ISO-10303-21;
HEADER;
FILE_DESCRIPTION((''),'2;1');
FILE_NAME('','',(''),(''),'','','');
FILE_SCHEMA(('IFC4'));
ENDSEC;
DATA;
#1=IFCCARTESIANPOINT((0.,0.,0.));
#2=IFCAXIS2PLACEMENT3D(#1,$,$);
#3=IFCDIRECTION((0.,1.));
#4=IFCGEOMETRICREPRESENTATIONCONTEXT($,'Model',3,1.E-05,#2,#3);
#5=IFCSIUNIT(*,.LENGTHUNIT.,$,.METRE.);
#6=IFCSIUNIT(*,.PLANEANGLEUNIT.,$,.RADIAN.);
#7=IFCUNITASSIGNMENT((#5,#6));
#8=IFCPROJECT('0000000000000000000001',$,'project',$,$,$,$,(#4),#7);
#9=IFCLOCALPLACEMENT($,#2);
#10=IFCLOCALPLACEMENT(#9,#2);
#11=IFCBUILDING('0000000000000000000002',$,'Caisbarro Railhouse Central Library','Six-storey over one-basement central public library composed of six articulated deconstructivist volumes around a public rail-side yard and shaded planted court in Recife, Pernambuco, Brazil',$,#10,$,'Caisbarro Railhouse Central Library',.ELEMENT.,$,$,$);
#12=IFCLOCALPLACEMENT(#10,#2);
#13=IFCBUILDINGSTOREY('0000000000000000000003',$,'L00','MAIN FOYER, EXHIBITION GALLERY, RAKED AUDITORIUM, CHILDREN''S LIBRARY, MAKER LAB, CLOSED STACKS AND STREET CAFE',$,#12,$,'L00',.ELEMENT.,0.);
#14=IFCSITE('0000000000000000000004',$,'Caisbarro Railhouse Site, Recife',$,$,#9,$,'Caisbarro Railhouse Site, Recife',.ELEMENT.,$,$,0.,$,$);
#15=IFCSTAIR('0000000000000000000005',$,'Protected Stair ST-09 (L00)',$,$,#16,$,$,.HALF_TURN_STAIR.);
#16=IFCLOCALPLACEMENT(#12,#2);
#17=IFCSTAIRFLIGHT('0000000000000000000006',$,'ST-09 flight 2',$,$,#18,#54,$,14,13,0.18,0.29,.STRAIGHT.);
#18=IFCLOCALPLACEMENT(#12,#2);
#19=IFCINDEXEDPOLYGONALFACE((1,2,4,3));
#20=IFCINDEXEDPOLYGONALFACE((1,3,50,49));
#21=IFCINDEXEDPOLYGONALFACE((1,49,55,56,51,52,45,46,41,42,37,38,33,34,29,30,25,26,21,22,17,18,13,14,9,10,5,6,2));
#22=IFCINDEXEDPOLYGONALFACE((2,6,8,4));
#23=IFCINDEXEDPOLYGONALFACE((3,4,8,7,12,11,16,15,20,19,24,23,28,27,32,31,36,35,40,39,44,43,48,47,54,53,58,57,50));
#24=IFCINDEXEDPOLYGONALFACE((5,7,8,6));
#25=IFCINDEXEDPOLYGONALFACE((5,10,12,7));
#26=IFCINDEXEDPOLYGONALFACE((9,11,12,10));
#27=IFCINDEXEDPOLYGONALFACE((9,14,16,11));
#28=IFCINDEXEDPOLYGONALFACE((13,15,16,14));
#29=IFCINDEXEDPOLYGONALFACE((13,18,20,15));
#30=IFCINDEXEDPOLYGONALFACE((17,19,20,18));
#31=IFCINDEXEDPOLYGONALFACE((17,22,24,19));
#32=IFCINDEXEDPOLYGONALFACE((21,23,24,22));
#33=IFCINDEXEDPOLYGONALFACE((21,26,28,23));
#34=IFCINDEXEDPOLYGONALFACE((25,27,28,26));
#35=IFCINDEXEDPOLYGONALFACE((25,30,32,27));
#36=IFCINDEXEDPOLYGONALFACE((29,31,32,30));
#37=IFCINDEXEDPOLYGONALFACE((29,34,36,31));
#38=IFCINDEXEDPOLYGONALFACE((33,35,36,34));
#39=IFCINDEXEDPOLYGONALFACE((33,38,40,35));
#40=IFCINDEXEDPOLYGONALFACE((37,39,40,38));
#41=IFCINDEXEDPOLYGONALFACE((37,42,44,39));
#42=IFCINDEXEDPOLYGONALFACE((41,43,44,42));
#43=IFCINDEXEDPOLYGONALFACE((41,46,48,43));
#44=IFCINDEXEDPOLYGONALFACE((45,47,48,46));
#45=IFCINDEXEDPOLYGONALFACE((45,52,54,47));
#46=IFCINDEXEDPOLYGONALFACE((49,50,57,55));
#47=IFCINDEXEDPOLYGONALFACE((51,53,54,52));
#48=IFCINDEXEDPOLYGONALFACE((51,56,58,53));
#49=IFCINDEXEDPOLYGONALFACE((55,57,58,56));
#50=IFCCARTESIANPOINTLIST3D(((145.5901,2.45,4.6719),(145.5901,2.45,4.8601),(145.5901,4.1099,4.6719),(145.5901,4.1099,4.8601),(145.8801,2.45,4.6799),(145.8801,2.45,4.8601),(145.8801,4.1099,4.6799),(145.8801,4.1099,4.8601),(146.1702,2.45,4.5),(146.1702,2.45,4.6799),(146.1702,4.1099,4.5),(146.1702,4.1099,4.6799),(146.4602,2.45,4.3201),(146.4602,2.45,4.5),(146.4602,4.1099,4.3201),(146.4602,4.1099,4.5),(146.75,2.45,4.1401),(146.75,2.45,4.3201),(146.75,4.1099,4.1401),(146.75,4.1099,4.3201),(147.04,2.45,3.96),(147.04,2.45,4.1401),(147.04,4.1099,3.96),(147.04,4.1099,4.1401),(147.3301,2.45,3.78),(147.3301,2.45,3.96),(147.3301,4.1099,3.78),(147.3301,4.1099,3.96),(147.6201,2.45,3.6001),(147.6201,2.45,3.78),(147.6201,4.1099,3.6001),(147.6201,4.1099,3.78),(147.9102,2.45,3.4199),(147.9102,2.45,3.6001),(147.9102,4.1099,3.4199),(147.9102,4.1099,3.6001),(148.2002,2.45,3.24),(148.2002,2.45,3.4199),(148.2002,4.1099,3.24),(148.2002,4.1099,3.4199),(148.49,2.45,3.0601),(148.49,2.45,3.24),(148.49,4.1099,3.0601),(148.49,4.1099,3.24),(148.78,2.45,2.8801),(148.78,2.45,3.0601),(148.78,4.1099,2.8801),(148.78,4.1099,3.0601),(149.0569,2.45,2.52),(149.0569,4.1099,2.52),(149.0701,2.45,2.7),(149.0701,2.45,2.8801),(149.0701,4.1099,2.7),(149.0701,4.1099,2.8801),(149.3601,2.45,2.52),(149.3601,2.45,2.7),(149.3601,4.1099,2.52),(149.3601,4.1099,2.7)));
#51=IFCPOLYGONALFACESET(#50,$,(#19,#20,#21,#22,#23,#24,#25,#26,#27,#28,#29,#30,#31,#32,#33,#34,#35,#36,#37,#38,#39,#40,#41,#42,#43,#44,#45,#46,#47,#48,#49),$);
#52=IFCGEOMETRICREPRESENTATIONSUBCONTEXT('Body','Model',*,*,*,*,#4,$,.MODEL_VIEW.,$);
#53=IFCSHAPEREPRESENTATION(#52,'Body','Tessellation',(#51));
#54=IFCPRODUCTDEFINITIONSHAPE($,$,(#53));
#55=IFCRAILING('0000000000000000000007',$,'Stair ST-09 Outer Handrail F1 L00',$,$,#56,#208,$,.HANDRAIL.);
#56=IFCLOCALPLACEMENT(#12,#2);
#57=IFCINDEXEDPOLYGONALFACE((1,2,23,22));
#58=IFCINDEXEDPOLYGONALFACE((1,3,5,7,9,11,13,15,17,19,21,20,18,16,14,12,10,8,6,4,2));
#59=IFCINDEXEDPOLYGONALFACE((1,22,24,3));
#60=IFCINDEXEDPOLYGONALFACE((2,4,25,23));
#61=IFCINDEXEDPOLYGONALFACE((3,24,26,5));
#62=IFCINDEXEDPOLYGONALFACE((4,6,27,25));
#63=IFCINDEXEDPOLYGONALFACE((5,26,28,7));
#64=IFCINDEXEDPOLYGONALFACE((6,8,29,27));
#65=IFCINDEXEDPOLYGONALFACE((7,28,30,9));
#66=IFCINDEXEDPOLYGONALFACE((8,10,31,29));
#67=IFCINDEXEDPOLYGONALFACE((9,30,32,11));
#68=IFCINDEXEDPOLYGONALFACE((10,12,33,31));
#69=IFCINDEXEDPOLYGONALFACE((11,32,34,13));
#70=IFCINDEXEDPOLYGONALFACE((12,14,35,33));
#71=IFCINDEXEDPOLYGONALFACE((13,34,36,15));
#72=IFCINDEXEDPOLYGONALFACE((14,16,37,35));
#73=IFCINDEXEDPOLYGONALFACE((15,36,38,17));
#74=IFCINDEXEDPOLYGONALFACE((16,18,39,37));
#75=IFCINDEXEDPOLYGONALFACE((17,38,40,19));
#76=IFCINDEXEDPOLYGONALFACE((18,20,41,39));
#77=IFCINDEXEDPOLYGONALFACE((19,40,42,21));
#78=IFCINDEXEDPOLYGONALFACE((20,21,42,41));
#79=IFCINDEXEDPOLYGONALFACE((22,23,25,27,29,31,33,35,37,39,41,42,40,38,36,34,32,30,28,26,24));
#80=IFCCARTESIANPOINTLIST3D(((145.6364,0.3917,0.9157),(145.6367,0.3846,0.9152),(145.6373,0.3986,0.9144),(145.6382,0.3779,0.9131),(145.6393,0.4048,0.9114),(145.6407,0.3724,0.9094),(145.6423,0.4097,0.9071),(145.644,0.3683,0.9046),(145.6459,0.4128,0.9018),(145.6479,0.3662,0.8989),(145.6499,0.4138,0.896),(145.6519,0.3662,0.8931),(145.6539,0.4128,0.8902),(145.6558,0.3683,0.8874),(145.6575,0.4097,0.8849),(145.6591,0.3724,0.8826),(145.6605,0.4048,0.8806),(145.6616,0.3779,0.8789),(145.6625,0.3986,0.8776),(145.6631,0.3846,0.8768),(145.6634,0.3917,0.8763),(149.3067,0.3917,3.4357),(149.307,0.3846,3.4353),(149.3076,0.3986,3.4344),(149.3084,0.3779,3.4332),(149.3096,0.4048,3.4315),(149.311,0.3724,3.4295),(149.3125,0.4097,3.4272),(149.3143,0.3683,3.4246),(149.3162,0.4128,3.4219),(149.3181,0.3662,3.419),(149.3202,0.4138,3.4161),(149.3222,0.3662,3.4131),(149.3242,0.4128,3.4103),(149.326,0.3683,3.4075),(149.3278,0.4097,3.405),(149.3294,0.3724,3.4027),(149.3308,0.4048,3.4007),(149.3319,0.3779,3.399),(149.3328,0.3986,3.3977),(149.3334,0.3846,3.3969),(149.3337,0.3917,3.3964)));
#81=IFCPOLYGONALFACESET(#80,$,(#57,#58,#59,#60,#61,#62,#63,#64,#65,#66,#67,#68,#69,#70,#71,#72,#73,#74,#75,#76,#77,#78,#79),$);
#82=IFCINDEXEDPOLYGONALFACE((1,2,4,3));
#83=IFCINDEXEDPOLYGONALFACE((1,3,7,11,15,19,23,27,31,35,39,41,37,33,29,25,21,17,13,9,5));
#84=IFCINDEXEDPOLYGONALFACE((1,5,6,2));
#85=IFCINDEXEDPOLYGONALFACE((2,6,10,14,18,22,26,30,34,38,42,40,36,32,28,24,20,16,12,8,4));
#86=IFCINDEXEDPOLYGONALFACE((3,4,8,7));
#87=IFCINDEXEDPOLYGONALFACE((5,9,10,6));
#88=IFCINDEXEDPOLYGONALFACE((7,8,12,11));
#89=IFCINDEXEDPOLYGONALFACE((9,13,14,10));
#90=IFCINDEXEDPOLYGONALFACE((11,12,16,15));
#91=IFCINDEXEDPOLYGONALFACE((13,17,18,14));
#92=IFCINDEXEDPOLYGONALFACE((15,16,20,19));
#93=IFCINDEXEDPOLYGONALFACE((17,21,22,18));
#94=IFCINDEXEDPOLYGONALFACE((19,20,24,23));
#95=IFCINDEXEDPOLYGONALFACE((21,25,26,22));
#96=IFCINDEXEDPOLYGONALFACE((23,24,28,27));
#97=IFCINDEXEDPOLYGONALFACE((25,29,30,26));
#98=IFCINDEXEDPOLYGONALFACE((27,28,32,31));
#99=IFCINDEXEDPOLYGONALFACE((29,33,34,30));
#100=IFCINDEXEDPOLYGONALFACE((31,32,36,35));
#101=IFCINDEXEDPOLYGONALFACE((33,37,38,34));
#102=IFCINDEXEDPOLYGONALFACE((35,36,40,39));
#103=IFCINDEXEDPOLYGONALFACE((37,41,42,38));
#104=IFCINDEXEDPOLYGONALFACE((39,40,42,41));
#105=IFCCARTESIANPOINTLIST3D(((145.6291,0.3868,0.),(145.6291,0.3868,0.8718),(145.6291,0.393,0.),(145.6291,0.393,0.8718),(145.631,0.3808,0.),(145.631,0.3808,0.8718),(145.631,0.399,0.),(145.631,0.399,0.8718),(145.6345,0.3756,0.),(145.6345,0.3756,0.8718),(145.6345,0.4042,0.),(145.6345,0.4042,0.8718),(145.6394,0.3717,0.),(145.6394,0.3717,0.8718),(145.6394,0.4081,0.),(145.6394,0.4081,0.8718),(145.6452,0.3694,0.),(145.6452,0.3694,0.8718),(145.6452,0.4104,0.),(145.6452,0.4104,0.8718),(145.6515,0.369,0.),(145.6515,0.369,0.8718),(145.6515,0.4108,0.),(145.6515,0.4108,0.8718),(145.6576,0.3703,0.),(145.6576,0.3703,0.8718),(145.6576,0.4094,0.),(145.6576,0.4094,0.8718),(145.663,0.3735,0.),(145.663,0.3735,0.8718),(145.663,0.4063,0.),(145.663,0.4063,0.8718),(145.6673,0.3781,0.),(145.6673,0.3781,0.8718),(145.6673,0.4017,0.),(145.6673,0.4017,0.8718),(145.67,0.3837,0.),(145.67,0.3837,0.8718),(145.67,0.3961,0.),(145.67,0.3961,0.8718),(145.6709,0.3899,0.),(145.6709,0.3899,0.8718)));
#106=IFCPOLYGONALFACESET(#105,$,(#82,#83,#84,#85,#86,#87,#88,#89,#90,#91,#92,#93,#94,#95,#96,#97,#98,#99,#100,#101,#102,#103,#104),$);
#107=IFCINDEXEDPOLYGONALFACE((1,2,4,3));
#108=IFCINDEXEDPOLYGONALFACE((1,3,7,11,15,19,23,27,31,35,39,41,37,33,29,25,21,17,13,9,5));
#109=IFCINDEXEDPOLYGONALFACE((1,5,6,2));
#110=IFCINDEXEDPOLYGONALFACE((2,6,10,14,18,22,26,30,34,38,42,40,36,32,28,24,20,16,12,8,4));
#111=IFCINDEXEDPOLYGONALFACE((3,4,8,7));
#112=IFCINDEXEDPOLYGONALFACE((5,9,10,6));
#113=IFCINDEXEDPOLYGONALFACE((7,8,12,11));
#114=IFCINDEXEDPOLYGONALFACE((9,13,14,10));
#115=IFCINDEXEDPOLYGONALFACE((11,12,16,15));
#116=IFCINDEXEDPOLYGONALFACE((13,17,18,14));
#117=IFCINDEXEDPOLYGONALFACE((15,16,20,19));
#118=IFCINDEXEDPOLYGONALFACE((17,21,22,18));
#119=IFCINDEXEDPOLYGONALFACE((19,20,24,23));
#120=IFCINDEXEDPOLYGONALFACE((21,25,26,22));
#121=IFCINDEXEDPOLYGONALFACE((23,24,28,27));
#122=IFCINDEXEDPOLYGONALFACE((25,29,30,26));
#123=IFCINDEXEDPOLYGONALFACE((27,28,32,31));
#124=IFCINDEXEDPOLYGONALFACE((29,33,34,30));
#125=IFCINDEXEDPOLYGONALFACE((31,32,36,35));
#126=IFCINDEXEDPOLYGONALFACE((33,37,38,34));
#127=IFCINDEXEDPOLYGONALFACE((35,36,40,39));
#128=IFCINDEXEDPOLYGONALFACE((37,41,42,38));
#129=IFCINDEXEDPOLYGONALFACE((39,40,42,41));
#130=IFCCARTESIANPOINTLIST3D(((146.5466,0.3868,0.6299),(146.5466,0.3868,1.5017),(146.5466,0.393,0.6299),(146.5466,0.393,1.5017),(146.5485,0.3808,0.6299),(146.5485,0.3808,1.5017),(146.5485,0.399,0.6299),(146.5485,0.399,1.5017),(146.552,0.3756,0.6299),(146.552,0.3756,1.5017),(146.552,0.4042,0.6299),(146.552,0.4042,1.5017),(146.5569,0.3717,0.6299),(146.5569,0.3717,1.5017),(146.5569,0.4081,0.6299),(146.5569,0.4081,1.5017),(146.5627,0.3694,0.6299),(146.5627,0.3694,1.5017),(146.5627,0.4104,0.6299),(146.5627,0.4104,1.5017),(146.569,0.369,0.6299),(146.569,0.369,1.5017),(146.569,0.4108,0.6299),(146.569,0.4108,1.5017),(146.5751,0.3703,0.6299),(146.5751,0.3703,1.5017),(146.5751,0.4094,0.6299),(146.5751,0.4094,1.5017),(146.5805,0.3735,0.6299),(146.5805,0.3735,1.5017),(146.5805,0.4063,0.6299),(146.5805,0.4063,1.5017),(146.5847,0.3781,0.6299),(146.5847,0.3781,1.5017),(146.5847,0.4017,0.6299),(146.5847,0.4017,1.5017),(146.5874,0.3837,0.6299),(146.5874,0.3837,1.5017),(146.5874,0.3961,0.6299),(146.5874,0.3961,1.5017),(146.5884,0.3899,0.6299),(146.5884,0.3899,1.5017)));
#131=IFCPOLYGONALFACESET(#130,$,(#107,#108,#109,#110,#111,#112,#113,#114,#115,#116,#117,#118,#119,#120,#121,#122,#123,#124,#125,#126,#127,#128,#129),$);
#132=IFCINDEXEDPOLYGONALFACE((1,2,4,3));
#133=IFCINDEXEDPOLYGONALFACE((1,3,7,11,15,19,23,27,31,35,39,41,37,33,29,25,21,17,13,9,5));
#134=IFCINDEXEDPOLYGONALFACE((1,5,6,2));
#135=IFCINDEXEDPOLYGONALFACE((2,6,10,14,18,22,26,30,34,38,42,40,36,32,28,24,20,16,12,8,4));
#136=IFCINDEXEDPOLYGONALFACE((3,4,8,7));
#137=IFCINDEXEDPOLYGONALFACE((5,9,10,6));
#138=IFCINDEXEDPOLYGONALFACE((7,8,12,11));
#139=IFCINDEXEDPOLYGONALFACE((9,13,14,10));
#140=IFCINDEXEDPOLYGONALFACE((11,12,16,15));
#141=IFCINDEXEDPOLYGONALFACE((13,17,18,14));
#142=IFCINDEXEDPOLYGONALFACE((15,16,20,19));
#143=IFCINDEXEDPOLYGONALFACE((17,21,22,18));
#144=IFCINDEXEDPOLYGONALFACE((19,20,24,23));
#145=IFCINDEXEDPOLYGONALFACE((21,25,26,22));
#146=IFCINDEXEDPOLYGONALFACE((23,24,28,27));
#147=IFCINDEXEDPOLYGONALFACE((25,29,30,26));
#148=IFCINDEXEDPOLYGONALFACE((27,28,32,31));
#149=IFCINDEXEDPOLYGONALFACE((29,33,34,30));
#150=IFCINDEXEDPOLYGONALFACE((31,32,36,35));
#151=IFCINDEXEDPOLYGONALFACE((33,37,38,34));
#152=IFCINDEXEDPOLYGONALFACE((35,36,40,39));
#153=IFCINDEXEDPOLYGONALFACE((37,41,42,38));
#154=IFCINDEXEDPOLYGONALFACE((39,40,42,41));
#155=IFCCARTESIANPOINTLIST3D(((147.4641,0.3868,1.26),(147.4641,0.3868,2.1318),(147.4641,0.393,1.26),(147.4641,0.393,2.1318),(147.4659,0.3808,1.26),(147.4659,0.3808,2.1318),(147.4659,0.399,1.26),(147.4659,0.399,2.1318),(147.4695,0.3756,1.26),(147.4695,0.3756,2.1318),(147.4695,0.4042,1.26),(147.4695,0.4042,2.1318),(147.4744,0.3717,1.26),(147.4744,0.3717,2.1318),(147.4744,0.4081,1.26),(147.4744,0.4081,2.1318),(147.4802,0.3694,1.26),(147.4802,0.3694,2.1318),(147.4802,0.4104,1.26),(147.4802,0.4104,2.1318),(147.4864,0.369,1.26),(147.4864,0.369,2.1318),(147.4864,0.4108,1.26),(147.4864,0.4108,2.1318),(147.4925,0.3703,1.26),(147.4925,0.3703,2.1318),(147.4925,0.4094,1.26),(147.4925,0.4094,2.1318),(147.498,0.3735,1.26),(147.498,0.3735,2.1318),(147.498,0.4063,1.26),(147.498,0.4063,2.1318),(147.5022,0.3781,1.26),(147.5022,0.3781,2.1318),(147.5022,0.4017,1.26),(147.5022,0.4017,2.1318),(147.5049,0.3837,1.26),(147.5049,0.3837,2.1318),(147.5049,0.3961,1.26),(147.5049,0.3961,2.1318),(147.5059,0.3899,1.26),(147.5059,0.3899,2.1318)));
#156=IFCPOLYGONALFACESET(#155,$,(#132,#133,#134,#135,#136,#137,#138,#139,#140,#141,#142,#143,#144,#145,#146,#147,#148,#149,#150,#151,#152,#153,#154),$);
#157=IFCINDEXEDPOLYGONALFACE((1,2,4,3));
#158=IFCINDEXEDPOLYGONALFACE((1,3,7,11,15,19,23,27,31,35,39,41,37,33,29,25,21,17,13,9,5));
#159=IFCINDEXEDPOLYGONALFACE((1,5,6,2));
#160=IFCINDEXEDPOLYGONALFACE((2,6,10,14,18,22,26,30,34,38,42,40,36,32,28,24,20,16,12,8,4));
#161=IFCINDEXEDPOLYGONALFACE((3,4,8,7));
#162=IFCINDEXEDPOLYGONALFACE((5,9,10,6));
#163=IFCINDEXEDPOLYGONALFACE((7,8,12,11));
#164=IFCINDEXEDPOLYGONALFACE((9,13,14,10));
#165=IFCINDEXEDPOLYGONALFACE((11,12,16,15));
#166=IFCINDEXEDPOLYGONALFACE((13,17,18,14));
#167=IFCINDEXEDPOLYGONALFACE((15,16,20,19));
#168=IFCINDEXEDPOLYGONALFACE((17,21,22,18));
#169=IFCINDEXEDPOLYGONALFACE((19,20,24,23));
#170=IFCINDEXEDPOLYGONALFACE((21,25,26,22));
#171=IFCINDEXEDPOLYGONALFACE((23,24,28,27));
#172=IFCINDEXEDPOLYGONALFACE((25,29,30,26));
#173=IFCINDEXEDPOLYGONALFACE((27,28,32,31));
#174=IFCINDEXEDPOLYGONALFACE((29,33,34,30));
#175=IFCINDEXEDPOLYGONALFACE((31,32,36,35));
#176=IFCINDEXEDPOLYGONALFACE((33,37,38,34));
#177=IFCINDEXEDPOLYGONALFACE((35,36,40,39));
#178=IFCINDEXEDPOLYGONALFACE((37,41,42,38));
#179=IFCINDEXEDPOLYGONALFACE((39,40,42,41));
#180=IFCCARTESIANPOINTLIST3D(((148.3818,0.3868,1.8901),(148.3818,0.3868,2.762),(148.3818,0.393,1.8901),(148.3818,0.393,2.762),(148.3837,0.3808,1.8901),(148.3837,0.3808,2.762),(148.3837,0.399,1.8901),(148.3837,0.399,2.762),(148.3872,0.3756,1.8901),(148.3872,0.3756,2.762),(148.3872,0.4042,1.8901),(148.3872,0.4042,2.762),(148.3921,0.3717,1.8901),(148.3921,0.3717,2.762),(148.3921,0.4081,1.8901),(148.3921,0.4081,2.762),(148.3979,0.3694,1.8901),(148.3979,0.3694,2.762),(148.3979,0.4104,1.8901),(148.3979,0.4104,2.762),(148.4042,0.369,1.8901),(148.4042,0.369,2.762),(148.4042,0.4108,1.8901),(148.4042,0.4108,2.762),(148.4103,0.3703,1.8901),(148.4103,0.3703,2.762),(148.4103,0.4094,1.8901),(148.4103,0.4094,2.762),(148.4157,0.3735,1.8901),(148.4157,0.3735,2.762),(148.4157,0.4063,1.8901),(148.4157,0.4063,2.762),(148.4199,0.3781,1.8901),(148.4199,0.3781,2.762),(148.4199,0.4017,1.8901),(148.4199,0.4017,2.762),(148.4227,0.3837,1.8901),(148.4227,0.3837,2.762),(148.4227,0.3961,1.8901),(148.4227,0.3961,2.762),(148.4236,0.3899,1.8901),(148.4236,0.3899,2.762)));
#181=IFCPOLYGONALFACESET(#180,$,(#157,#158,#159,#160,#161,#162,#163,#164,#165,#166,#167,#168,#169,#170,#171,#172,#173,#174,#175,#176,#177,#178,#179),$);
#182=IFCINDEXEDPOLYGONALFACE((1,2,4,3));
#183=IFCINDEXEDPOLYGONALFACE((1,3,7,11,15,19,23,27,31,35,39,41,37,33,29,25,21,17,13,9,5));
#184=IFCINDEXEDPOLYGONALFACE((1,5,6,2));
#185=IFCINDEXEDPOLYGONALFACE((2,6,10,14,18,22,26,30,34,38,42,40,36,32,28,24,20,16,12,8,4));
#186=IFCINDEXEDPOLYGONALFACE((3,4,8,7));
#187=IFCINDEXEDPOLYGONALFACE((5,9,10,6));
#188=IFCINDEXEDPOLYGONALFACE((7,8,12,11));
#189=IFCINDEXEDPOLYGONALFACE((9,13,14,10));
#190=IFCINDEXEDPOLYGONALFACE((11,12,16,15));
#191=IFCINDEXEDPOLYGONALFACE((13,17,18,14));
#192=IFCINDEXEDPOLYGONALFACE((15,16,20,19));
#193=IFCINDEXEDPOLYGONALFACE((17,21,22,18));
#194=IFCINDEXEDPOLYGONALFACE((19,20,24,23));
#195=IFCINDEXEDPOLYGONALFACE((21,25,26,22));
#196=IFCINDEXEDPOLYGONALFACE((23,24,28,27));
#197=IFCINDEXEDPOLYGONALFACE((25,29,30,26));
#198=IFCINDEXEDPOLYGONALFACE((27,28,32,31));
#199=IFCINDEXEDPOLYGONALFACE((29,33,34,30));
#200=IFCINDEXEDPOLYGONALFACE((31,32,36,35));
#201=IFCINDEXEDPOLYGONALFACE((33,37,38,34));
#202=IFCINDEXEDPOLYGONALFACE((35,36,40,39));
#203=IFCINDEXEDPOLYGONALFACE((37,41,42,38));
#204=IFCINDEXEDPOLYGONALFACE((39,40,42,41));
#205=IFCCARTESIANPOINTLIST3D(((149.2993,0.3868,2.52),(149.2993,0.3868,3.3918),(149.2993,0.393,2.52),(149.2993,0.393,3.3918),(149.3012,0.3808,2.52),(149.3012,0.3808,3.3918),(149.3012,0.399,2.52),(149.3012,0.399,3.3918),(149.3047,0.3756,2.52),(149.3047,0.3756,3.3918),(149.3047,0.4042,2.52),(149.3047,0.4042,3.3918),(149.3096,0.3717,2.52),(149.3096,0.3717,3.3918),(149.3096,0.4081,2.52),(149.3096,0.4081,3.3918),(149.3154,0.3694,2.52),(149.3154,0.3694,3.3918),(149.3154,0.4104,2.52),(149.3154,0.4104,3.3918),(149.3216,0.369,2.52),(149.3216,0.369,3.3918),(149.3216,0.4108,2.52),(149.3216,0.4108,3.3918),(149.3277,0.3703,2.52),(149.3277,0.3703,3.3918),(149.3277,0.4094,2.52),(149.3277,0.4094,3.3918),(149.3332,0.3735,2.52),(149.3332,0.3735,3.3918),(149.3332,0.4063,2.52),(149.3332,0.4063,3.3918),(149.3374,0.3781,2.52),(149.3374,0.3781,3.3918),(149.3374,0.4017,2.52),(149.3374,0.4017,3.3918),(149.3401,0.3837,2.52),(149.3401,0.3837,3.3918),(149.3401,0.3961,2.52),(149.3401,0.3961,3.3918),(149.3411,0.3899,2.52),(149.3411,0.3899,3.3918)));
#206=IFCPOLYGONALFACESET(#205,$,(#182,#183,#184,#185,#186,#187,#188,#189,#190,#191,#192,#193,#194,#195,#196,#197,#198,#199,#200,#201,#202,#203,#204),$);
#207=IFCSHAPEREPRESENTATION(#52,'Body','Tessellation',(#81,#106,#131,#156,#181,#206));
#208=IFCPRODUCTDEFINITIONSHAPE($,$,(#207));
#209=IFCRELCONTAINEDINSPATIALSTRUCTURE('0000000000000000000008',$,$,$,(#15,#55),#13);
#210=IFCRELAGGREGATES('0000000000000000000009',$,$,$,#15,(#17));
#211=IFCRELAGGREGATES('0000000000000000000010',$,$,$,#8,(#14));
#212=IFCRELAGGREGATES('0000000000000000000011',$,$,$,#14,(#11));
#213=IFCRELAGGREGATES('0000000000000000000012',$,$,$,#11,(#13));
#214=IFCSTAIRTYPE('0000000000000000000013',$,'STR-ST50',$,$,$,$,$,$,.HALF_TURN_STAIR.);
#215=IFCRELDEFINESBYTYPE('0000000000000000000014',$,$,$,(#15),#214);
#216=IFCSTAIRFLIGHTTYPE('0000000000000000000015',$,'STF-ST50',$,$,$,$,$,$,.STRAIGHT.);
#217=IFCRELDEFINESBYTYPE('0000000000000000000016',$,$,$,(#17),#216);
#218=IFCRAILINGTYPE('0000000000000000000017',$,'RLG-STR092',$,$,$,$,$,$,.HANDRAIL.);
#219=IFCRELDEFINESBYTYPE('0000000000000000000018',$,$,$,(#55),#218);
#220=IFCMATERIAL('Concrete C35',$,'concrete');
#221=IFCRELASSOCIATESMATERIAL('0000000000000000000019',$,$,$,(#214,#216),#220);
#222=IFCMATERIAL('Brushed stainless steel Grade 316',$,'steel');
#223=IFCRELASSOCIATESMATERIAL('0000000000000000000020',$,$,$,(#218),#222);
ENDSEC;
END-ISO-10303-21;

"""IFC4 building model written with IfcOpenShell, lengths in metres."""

from ifc_helpers import new_model, si_unit, direction, frame, origin, origin_2d, place, context, subcontext, project, spatial, polyline, circle, outline, extrude, material, type_object, element, aggregate, save


model = new_model("IFC4")

# Units and contexts
model_context = context("Model", 3, precision=1e-05, world=origin(), true_north=direction((0.0, 1.0)))
body_context = subcontext(model_context, "Body", "Model", "MODEL_VIEW")
ifc_project = project(units=[si_unit("LENGTHUNIT", "METRE"), si_unit("PLANEANGLEUNIT", "RADIAN")], contexts=[model_context])

# Site, building, storey
site_placement = place(None, origin())
site = spatial("IfcSite", under=ifc_project, at=site_placement, Name="Caisbarro Railhouse Site, Recife", LongName="Caisbarro Railhouse Site, Recife", CompositionType="ELEMENT", RefElevation=0.0)
building_placement = place(site_placement, origin())
building = spatial("IfcBuilding", under=site, at=building_placement, Name="Caisbarro Railhouse Central Library", Description="Six-storey over one-basement central public library composed of six articulated deconstructivist volumes around a public rail-side yard and shaded planted court in Recife, Pernambuco, Brazil", LongName="Caisbarro Railhouse Central Library", CompositionType="ELEMENT")
storey_placement = place(building_placement, origin())
storey = spatial("IfcBuildingStorey", under=building, at=storey_placement, Name="L00", Description="MAIN FOYER, EXHIBITION GALLERY, RAKED AUDITORIUM, CHILDREN'S LIBRARY, MAKER LAB, CLOSED STACKS AND STREET CAFE", LongName="L00", CompositionType="ELEMENT", Elevation=0.0)

# Stair, stair flight
ifc_material_1 = material(Name="Concrete C35", Category="concrete")
stair_type = type_object("IfcStairType", Name="STR-ST50", PredefinedType="HALF_TURN_STAIR", material=ifc_material_1)
stair_placement = place(storey_placement, origin())
stair = element("IfcStair", 1, at=stair_placement, inside=storey, type_object=stair_type, Name="Protected Stair ST-09 (L00)", PredefinedType="HALF_TURN_STAIR")
stair_flight_type = type_object("IfcStairFlightType", Name="STF-ST50", PredefinedType="STRAIGHT", material=ifc_material_1)
stair_flight_1_placement = place(storey_placement, frame((149.3601, 3.28, 2.52), z_axis=(0.0, 0.0, 1.0), x_axis=(-1.0, 0.0, 0.0)))
stair_flight_1 = element("IfcStairFlight", 2, at=stair_flight_1_placement, type_object=stair_flight_type, Name="ST-09 flight 2", NumberOfRisers=14, NumberOfTreads=13, PredefinedType="STRAIGHT", RiserHeight=0.18, TreadLength=0.29, context=body_context, shape_type="SweptSolid", body=[
    extrude(outline(polyline([(0.0, 0.0), (0.0, 0.1799), (0.29, 0.1799), (0.29, 0.3601), (0.5801, 0.3601), (0.5801, 0.54), (0.8701, 0.54), (0.8701, 0.72), (1.1599, 0.72), (1.1599, 0.8999), (1.45, 0.8999), (1.45, 1.0801), (1.74, 1.0801), (1.74, 1.26), (2.03, 1.26), (2.03, 1.4399), (2.3201, 1.4399), (2.3201, 1.6201), (2.6101, 1.6201), (2.6101, 1.8), (2.8999, 1.8), (2.8999, 1.98), (3.1899, 1.98), (3.1899, 2.1599), (3.48, 2.1599), (3.48, 2.3401), (3.77, 2.3401), (3.77, 2.52), (3.77, 2.1519), (0.3032, 0.0), (0.0, 0.0)])), frame((0.0, 0.8301, 0.0), z_axis=(0.0, -1.0, 0.0), x_axis=(1.0, 0.0, 0.0)), (0.0, 0.0, 1.0), 1.6599),
])
aggregate(stair, [stair_flight_1])

# Railing
ifc_material_2 = material(Name="Brushed stainless steel Grade 316", Category="steel")
railing_type_1 = type_object("IfcRailingType", Name="RLG-STR092", PredefinedType="HANDRAIL", material=ifc_material_2)
railing_1_placement = place(storey_placement, frame((145.6499, 0.3899, 0.0)))
element("IfcRailing", 3, at=railing_1_placement, inside=storey, type_object=railing_type_1, Name="Stair ST-09 Outer Handrail F1 L00", PredefinedType="HANDRAIL", context=body_context, shape_type="SweptSolid", body=[
    extrude(circle(Radius=0.0239, at=origin_2d()), frame((0.0, 0.0, 0.896), z_axis=(0.824379, 0.0, 0.566038), x_axis=(0.0, 1.0, 0.0)), (0.0, 0.0, 1.0), 4.4521),
    extrude(circle(Radius=0.021, at=origin_2d()), origin(), (0.0, 0.0, 1.0), 0.8718),
    extrude(circle(Radius=0.021, at=origin_2d()), frame((0.9175, 0.0, 0.6299)), (0.0, 0.0, 1.0), 0.8718),
    extrude(circle(Radius=0.021, at=origin_2d()), frame((1.835, 0.0, 1.26)), (0.0, 0.0, 1.0), 0.8718),
    extrude(circle(Radius=0.021, at=origin_2d()), frame((2.7527, 0.0, 1.8901)), (0.0, 0.0, 1.0), 0.8718),
    extrude(circle(Radius=0.021, at=origin_2d()), frame((3.6702, 0.0, 2.52)), (0.0, 0.0, 1.0), 0.8718),
])

save(model, "model.ifc")
